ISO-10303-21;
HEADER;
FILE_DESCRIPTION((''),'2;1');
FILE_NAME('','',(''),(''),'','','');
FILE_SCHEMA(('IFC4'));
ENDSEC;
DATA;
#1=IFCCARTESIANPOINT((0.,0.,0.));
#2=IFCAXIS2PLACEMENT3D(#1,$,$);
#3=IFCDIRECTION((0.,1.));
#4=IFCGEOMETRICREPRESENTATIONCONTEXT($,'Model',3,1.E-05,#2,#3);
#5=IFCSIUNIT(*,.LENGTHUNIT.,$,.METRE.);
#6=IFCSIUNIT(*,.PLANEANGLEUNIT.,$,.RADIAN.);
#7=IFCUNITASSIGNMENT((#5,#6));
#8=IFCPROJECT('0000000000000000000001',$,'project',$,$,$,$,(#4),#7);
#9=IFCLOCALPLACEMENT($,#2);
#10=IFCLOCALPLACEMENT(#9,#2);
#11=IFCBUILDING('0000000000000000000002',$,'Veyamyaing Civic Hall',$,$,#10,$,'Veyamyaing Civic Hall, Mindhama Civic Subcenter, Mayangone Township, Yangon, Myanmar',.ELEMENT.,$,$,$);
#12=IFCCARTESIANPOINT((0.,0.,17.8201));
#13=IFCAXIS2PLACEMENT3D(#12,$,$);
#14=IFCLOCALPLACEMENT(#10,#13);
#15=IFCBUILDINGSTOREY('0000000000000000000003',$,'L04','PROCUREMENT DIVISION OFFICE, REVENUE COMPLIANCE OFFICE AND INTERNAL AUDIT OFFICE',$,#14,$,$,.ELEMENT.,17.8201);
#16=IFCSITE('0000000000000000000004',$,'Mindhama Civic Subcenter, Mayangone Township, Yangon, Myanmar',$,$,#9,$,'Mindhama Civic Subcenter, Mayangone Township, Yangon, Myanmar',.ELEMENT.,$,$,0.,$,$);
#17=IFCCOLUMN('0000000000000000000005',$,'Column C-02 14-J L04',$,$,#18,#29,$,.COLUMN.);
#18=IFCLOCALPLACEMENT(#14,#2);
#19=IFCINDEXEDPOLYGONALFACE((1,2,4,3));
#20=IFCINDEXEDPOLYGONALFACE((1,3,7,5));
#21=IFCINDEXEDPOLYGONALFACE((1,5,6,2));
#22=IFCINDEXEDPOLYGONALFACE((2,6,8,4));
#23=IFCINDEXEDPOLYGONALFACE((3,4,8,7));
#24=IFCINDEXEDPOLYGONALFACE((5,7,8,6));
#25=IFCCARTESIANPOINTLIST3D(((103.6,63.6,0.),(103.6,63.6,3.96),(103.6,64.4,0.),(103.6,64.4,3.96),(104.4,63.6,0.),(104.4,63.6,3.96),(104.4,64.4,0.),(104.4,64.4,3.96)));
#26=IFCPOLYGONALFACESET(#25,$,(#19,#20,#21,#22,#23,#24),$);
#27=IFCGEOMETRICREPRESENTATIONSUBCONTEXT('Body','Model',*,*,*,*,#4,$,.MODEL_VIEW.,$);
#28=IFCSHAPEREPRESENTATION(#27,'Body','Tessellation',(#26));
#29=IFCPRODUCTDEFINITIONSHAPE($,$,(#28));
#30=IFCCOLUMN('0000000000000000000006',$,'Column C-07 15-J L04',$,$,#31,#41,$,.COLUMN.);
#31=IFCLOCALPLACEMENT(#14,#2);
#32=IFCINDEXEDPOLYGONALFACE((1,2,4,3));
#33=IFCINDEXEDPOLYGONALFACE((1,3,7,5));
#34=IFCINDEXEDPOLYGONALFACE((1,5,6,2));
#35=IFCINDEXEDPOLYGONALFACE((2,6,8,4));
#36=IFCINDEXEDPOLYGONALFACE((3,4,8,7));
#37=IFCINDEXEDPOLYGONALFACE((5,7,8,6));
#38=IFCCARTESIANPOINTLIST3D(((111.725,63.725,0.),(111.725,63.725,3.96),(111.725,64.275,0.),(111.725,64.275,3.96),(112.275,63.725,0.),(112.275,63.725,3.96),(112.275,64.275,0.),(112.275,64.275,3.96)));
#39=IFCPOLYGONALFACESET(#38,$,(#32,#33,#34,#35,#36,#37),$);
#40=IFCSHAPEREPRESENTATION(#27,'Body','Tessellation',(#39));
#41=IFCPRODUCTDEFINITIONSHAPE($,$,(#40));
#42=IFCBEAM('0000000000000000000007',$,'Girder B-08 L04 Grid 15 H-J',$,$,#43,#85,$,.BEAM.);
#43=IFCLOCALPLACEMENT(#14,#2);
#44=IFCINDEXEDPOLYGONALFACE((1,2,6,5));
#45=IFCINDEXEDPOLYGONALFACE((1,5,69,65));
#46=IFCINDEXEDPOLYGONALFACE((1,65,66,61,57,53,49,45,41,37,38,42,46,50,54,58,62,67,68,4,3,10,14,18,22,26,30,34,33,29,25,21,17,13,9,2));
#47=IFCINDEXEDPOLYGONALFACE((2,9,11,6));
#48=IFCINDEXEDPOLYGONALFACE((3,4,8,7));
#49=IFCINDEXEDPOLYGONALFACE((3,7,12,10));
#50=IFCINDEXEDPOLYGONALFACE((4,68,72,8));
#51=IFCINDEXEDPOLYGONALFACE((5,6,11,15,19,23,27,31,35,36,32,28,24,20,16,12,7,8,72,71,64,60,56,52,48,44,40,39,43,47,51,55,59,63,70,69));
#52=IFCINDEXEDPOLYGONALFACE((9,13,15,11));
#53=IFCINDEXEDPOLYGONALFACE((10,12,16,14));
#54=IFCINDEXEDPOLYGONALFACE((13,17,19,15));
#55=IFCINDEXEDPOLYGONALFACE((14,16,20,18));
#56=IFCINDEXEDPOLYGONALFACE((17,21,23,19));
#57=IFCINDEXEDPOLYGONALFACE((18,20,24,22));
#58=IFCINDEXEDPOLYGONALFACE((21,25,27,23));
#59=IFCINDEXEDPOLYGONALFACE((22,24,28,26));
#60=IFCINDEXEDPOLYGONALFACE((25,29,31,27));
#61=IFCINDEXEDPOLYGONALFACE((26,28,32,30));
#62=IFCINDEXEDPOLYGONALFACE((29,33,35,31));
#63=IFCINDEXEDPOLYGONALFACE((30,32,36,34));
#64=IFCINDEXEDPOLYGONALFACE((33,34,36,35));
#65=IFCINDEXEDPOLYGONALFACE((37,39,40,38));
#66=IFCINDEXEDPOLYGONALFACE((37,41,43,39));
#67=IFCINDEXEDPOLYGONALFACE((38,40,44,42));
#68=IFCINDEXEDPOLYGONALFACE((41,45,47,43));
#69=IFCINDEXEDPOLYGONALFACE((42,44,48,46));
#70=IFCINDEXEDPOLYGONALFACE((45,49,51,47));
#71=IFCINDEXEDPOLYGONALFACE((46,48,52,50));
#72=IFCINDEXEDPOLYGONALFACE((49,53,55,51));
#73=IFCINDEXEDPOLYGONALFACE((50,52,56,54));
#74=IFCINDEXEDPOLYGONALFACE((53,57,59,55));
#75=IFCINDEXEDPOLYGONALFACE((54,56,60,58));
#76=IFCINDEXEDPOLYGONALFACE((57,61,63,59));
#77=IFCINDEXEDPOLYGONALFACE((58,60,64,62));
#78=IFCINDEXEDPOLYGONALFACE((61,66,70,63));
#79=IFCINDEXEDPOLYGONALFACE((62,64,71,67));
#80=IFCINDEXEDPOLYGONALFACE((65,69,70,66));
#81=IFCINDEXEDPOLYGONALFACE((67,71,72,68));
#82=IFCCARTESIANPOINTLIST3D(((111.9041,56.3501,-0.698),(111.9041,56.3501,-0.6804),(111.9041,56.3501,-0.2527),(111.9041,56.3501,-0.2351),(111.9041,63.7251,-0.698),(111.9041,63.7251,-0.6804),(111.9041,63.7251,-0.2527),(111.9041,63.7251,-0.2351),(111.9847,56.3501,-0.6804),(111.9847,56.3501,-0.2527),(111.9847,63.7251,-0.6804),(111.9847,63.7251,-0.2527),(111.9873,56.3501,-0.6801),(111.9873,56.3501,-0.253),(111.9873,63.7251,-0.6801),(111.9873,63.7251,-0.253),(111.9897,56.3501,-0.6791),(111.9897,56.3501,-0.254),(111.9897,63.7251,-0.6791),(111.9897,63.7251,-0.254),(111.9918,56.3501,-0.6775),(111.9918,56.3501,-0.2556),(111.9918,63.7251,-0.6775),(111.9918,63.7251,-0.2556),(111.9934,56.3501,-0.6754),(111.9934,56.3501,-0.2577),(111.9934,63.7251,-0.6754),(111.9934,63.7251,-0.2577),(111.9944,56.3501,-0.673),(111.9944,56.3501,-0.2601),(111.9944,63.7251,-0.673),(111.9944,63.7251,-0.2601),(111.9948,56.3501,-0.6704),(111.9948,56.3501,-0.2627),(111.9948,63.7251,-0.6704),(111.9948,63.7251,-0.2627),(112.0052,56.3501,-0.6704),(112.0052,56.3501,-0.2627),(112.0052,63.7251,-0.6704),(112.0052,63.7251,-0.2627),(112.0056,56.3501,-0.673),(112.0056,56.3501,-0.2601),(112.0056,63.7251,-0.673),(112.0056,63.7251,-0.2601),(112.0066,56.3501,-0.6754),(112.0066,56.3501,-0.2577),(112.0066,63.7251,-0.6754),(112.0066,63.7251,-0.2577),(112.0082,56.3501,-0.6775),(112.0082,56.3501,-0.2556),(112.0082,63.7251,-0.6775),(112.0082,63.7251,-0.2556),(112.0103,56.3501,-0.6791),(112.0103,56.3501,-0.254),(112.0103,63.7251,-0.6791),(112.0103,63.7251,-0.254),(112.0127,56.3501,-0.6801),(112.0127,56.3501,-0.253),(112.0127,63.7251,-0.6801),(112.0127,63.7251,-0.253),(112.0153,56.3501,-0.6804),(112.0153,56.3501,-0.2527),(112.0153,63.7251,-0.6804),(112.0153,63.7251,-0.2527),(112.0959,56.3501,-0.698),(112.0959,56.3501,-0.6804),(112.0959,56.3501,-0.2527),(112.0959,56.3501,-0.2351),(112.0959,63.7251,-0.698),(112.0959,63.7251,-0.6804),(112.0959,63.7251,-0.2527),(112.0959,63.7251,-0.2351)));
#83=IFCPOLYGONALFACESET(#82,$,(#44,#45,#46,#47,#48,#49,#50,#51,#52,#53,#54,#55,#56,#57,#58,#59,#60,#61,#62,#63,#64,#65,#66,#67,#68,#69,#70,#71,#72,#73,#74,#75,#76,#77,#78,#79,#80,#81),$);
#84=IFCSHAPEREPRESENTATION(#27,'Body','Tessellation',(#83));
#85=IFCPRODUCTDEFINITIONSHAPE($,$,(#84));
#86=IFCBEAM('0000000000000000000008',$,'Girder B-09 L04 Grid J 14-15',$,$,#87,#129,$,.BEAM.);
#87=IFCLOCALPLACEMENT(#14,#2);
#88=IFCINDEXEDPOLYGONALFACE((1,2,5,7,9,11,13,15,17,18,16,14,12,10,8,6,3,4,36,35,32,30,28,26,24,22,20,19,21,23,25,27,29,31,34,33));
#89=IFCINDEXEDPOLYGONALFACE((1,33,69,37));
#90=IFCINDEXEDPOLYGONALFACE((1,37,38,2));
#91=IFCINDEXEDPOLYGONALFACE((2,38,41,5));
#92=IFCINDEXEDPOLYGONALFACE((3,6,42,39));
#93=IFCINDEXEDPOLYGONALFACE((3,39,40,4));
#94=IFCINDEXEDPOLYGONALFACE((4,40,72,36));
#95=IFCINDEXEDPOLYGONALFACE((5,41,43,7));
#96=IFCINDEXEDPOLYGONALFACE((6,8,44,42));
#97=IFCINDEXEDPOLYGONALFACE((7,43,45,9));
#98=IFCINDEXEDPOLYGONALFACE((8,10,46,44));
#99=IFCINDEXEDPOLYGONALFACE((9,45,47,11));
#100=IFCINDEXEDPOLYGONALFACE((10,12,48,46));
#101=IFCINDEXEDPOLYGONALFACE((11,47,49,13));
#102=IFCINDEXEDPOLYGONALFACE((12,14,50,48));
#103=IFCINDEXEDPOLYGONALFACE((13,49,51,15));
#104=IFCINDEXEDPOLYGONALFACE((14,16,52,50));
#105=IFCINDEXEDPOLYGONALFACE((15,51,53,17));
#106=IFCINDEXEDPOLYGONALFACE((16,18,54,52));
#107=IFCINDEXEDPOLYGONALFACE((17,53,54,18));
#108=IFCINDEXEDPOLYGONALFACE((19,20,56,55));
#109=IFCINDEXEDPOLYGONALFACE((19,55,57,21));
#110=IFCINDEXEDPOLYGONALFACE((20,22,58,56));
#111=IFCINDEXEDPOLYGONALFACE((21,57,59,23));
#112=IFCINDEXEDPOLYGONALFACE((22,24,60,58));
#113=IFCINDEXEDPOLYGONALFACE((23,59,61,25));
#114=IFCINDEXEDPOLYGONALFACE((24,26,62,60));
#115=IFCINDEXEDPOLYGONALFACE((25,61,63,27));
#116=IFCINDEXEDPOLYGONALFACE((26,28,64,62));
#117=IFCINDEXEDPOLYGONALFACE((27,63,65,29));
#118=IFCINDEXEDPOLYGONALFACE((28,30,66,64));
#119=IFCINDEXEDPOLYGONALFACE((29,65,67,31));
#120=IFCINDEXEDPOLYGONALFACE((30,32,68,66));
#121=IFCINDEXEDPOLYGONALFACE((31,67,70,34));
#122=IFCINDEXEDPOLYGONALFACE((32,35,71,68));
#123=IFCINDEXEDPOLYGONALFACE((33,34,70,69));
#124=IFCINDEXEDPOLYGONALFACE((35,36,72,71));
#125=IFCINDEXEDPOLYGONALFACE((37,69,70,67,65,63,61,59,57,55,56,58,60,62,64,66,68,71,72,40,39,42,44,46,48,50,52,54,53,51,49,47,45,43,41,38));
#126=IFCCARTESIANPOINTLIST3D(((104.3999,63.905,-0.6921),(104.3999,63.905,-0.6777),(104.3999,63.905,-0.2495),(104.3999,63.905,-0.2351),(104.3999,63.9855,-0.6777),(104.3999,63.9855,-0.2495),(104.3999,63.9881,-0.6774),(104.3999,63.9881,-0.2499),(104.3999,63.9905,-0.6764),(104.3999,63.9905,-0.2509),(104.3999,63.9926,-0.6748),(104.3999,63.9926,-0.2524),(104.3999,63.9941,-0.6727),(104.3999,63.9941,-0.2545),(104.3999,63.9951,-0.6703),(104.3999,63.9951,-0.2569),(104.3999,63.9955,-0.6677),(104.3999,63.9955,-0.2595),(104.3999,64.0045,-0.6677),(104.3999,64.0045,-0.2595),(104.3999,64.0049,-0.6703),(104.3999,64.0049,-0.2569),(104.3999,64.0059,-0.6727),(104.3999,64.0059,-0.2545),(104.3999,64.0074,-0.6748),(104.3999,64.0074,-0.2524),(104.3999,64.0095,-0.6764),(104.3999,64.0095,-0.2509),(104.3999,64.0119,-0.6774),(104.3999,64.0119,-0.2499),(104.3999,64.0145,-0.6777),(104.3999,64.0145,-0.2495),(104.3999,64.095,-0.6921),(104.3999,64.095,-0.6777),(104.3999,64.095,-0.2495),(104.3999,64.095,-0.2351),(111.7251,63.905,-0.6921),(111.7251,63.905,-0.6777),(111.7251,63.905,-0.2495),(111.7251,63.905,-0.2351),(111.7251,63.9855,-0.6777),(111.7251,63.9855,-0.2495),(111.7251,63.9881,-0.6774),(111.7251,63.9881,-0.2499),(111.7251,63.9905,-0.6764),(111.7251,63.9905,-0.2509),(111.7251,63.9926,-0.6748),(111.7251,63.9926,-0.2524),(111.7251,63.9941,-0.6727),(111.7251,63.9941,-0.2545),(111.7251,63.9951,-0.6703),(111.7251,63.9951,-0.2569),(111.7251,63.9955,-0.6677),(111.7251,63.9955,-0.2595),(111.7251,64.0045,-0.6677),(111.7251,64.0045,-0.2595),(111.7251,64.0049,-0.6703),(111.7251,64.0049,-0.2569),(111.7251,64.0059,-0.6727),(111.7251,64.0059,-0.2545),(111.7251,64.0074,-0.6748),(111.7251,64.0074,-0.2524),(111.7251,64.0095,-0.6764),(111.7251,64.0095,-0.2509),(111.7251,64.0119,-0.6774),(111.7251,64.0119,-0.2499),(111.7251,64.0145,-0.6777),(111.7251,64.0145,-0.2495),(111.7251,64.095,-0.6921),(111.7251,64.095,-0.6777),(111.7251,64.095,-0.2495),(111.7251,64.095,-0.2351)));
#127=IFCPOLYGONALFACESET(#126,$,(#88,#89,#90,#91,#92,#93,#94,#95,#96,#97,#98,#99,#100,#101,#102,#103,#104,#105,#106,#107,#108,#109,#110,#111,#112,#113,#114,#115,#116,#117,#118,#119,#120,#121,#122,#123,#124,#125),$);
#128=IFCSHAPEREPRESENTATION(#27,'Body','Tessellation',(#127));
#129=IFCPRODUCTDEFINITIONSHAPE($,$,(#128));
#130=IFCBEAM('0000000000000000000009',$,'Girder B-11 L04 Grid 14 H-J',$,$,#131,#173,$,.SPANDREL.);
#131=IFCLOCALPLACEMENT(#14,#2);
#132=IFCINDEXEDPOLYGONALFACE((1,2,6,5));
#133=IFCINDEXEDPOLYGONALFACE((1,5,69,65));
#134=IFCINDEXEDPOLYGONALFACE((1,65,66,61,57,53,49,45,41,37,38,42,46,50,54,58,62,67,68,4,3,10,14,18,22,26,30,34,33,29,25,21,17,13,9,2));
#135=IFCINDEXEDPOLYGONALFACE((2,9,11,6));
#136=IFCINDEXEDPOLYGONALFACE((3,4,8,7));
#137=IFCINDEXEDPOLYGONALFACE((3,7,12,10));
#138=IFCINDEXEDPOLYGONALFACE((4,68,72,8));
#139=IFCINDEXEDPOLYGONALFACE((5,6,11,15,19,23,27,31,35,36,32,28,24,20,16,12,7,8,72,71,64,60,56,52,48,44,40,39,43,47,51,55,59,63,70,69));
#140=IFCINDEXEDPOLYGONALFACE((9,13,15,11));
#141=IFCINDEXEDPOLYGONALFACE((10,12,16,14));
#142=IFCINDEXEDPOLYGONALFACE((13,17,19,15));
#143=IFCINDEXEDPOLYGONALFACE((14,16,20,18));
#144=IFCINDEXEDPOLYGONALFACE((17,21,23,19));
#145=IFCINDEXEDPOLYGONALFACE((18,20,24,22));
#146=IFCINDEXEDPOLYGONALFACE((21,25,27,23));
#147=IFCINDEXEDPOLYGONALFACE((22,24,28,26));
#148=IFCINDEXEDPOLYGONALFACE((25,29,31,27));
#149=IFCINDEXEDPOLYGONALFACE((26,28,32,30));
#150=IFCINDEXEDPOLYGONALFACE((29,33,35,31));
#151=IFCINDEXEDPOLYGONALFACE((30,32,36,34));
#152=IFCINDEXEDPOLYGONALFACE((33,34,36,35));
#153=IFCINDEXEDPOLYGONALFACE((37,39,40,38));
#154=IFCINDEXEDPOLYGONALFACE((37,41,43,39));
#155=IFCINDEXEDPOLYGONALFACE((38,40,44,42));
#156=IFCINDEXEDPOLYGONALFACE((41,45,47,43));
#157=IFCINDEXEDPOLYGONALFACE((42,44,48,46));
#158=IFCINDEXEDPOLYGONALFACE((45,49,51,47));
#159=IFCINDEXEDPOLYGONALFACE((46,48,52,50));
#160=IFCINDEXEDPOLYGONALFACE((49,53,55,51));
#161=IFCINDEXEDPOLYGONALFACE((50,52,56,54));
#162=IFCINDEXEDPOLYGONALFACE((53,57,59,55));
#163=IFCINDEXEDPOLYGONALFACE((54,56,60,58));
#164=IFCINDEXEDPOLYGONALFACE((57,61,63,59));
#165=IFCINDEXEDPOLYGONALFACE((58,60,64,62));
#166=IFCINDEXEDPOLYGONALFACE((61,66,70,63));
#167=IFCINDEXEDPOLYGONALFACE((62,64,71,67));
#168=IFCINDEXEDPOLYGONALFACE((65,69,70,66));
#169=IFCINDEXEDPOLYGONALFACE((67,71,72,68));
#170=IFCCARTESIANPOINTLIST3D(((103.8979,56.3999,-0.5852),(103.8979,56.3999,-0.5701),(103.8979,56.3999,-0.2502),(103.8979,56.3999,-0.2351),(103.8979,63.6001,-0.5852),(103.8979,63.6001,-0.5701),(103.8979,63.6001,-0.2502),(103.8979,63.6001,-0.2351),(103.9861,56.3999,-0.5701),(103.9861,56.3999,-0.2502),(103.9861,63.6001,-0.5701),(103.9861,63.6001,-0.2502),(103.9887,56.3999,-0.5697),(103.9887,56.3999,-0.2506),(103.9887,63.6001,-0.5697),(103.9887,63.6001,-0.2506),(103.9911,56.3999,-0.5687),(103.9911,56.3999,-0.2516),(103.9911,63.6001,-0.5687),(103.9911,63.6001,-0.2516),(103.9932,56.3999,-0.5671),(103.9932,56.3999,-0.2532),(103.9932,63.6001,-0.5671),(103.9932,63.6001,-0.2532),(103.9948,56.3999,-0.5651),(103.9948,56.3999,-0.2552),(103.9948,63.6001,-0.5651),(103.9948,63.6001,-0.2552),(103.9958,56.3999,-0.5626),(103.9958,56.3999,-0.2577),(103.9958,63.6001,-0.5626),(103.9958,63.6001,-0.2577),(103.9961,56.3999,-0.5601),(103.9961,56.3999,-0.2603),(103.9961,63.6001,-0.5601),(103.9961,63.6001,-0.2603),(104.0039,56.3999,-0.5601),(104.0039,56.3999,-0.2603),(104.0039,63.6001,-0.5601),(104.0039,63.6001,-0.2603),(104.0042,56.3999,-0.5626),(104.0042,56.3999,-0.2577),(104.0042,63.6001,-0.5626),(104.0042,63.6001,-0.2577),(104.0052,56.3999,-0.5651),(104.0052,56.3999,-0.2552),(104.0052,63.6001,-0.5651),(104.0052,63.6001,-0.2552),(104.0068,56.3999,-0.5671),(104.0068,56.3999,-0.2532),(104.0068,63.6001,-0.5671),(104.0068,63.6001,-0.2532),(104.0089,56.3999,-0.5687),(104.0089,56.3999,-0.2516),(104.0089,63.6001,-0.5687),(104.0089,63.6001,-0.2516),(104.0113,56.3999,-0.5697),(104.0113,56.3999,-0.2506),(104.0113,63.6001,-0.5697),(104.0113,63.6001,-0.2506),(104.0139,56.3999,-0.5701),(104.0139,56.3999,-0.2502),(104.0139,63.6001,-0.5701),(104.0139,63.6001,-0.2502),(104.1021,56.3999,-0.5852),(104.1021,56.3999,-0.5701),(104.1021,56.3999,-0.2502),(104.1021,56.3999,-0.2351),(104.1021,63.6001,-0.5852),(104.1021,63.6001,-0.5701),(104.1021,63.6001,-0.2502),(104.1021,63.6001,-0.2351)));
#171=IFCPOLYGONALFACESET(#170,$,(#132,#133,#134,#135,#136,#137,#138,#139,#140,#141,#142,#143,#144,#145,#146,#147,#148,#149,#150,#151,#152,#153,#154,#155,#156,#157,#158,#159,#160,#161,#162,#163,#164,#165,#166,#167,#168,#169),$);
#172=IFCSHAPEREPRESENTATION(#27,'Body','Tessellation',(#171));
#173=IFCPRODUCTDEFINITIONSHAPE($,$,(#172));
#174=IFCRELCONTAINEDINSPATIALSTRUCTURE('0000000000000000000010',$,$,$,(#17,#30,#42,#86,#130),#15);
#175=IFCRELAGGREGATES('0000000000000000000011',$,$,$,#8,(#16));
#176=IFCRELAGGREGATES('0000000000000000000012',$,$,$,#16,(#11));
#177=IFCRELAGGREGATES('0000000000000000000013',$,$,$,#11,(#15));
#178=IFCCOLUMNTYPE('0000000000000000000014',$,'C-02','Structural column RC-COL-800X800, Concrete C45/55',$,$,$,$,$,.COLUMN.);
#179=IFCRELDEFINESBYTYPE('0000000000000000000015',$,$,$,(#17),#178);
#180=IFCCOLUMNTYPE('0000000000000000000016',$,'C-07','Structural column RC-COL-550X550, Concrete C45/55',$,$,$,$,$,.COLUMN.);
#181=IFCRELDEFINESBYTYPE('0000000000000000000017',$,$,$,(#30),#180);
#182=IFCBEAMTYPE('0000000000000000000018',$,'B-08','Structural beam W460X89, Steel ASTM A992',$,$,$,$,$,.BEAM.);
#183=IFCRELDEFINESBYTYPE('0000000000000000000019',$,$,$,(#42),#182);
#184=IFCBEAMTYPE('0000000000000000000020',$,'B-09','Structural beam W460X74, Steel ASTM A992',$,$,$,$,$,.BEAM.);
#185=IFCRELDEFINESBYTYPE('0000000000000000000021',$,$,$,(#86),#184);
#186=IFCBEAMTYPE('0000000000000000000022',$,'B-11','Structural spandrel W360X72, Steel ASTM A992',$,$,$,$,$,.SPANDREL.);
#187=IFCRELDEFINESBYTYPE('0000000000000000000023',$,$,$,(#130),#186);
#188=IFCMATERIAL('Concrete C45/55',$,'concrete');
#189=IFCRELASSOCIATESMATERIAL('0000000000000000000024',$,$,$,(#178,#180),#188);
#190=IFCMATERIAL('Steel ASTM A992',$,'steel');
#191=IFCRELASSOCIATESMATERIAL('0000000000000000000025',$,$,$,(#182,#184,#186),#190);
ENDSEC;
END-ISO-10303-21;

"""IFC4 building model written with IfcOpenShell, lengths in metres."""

from ifc_helpers import new_model, si_unit, direction, frame, origin, origin_2d, place, context, subcontext, project, spatial, rectangle, i_section, extrude, material, material_profile, profile_set, type_object, element, save


model = new_model("IFC4")

# Units and contexts
model_context = context("Model", 3, precision=1e-05, world=origin(), true_north=direction((0.0, 1.0)))
body_context = subcontext(model_context, "Body", "Model", "MODEL_VIEW")
ifc_project = project(units=[si_unit("LENGTHUNIT", "METRE"), si_unit("PLANEANGLEUNIT", "RADIAN")], contexts=[model_context])

# Site, building, storey
site_placement = place(None, origin())
site = spatial("IfcSite", under=ifc_project, at=site_placement, Name="Mindhama Civic Subcenter, Mayangone Township, Yangon, Myanmar", LongName="Mindhama Civic Subcenter, Mayangone Township, Yangon, Myanmar", CompositionType="ELEMENT", RefElevation=0.0)
building_placement = place(site_placement, origin())
building = spatial("IfcBuilding", under=site, at=building_placement, Name="Veyamyaing Civic Hall", LongName="Veyamyaing Civic Hall, Mindhama Civic Subcenter, Mayangone Township, Yangon, Myanmar", CompositionType="ELEMENT")
storey_placement = place(building_placement, frame((0.0, 0.0, 17.8201)))
storey = spatial("IfcBuildingStorey", under=building, at=storey_placement, Name="L04", Description="PROCUREMENT DIVISION OFFICE, REVENUE COMPLIANCE OFFICE AND INTERNAL AUDIT OFFICE", CompositionType="ELEMENT", Elevation=17.8201)

# Columns
ifc_material_1 = material(Name="Concrete C45/55", Category="concrete")
ifc_material_profile_1 = material_profile(ifc_material_1, rectangle(XDim=0.8, YDim=0.8, at=origin_2d()), Name="RC-COL-800X800")
ifc_profile_set_1 = profile_set([ifc_material_profile_1], Name="Concrete C45/55")
column_type_1 = type_object("IfcColumnType", Name="C-02", Description="Structural column RC-COL-800X800, Concrete C45/55", PredefinedType="COLUMN", material=ifc_profile_set_1)
column_1_placement = place(storey_placement, frame((104.0, 64.0, 0.0), z_axis=(0.0, 0.0, 1.0), x_axis=(1.0, 0.0, 0.0)))
element("IfcColumn", 1, at=column_1_placement, inside=storey, type_object=column_type_1, Name="Column C-02 14-J L04", PredefinedType="COLUMN", context=body_context, shape_type="SweptSolid", body=[
    extrude(rectangle(XDim=0.8, YDim=0.8, at=origin_2d()), origin(), (0.0, 0.0, 1.0), 3.96),
])
ifc_material_profile_2 = material_profile(ifc_material_1, rectangle(XDim=0.55, YDim=0.55, at=origin_2d()), Name="RC-COL-550X550")
ifc_profile_set_2 = profile_set([ifc_material_profile_2], Name="Concrete C45/55")
column_type_2 = type_object("IfcColumnType", Name="C-07", Description="Structural column RC-COL-550X550, Concrete C45/55", PredefinedType="COLUMN", material=ifc_profile_set_2)
column_2_placement = place(storey_placement, frame((112.0, 64.0, 0.0), z_axis=(0.0, 0.0, 1.0), x_axis=(1.0, 0.0, 0.0)))
element("IfcColumn", 2, at=column_2_placement, inside=storey, type_object=column_type_2, Name="Column C-07 15-J L04", PredefinedType="COLUMN", context=body_context, shape_type="SweptSolid", body=[
    extrude(rectangle(XDim=0.55, YDim=0.55, at=origin_2d()), origin(), (0.0, 0.0, 1.0), 3.96),
])

# Beams
ifc_material_2 = material(Name="Steel ASTM A992", Category="steel")
ifc_material_profile_3 = material_profile(ifc_material_2, i_section(OverallWidth=0.1919, OverallDepth=0.4629, WebThickness=0.0105, FlangeThickness=0.0176, FilletRadius=0.01, at=origin_2d()), Name="W460X89")
ifc_profile_set_3 = profile_set([ifc_material_profile_3], Name="Steel ASTM A992")
beam_type_1 = type_object("IfcBeamType", Name="B-08", Description="Structural beam W460X89, Steel ASTM A992", PredefinedType="BEAM", material=ifc_profile_set_3)
beam_1_placement = place(storey_placement, frame((112.0, 56.3501, -0.4666), z_axis=(0.0, 1.0, 0.0), x_axis=(-1.0, 0.0, 0.0)))
element("IfcBeam", 3, at=beam_1_placement, inside=storey, type_object=beam_type_1, Name="Girder B-08 L04 Grid 15 H-J", PredefinedType="BEAM", context=body_context, shape_type="SweptSolid", body=[
    extrude(i_section(OverallWidth=0.1919, OverallDepth=0.4629, WebThickness=0.0105, FlangeThickness=0.0176, FilletRadius=0.01, at=origin_2d()), origin(), (0.0, 0.0, 1.0), 7.375),
])
ifc_material_profile_4 = material_profile(ifc_material_2, i_section(OverallWidth=0.1899, OverallDepth=0.457, WebThickness=0.009, FlangeThickness=0.0144, FilletRadius=0.01, at=origin_2d()), Name="W460X74")
ifc_profile_set_4 = profile_set([ifc_material_profile_4], Name="Steel ASTM A992")
beam_type_2 = type_object("IfcBeamType", Name="B-09", Description="Structural beam W460X74, Steel ASTM A992", PredefinedType="BEAM", material=ifc_profile_set_4)
beam_2_placement = place(storey_placement, frame((104.3999, 64.0, -0.4636), z_axis=(1.0, 0.0, 0.0), x_axis=(0.0, 1.0, 0.0)))
element("IfcBeam", 4, at=beam_2_placement, inside=storey, type_object=beam_type_2, Name="Girder B-09 L04 Grid J 14-15", PredefinedType="BEAM", context=body_context, shape_type="SweptSolid", body=[
    extrude(i_section(OverallWidth=0.1899, OverallDepth=0.457, WebThickness=0.009, FlangeThickness=0.0144, FilletRadius=0.01, at=origin_2d()), origin(), (0.0, 0.0, 1.0), 7.3252),
])
ifc_material_profile_5 = material_profile(ifc_material_2, i_section(OverallWidth=0.2041, OverallDepth=0.3501, WebThickness=0.0078, FlangeThickness=0.0151, FilletRadius=0.01, at=origin_2d()), Name="W360X72")
ifc_profile_set_5 = profile_set([ifc_material_profile_5], Name="Steel ASTM A992")
beam_type_3 = type_object("IfcBeamType", Name="B-11", Description="Structural spandrel W360X72, Steel ASTM A992", PredefinedType="SPANDREL", material=ifc_profile_set_5)
beam_3_placement = place(storey_placement, frame((104.0, 56.3999, -0.4102), z_axis=(0.0, 1.0, 0.0), x_axis=(-1.0, 0.0, 0.0)))
element("IfcBeam", 5, at=beam_3_placement, inside=storey, type_object=beam_type_3, Name="Girder B-11 L04 Grid 14 H-J", PredefinedType="SPANDREL", context=body_context, shape_type="SweptSolid", body=[
    extrude(i_section(OverallWidth=0.2041, OverallDepth=0.3501, WebThickness=0.0078, FlangeThickness=0.0151, FilletRadius=0.01, at=origin_2d()), origin(), (0.0, 0.0, 1.0), 7.2002),
])

save(model, "model.ifc")
